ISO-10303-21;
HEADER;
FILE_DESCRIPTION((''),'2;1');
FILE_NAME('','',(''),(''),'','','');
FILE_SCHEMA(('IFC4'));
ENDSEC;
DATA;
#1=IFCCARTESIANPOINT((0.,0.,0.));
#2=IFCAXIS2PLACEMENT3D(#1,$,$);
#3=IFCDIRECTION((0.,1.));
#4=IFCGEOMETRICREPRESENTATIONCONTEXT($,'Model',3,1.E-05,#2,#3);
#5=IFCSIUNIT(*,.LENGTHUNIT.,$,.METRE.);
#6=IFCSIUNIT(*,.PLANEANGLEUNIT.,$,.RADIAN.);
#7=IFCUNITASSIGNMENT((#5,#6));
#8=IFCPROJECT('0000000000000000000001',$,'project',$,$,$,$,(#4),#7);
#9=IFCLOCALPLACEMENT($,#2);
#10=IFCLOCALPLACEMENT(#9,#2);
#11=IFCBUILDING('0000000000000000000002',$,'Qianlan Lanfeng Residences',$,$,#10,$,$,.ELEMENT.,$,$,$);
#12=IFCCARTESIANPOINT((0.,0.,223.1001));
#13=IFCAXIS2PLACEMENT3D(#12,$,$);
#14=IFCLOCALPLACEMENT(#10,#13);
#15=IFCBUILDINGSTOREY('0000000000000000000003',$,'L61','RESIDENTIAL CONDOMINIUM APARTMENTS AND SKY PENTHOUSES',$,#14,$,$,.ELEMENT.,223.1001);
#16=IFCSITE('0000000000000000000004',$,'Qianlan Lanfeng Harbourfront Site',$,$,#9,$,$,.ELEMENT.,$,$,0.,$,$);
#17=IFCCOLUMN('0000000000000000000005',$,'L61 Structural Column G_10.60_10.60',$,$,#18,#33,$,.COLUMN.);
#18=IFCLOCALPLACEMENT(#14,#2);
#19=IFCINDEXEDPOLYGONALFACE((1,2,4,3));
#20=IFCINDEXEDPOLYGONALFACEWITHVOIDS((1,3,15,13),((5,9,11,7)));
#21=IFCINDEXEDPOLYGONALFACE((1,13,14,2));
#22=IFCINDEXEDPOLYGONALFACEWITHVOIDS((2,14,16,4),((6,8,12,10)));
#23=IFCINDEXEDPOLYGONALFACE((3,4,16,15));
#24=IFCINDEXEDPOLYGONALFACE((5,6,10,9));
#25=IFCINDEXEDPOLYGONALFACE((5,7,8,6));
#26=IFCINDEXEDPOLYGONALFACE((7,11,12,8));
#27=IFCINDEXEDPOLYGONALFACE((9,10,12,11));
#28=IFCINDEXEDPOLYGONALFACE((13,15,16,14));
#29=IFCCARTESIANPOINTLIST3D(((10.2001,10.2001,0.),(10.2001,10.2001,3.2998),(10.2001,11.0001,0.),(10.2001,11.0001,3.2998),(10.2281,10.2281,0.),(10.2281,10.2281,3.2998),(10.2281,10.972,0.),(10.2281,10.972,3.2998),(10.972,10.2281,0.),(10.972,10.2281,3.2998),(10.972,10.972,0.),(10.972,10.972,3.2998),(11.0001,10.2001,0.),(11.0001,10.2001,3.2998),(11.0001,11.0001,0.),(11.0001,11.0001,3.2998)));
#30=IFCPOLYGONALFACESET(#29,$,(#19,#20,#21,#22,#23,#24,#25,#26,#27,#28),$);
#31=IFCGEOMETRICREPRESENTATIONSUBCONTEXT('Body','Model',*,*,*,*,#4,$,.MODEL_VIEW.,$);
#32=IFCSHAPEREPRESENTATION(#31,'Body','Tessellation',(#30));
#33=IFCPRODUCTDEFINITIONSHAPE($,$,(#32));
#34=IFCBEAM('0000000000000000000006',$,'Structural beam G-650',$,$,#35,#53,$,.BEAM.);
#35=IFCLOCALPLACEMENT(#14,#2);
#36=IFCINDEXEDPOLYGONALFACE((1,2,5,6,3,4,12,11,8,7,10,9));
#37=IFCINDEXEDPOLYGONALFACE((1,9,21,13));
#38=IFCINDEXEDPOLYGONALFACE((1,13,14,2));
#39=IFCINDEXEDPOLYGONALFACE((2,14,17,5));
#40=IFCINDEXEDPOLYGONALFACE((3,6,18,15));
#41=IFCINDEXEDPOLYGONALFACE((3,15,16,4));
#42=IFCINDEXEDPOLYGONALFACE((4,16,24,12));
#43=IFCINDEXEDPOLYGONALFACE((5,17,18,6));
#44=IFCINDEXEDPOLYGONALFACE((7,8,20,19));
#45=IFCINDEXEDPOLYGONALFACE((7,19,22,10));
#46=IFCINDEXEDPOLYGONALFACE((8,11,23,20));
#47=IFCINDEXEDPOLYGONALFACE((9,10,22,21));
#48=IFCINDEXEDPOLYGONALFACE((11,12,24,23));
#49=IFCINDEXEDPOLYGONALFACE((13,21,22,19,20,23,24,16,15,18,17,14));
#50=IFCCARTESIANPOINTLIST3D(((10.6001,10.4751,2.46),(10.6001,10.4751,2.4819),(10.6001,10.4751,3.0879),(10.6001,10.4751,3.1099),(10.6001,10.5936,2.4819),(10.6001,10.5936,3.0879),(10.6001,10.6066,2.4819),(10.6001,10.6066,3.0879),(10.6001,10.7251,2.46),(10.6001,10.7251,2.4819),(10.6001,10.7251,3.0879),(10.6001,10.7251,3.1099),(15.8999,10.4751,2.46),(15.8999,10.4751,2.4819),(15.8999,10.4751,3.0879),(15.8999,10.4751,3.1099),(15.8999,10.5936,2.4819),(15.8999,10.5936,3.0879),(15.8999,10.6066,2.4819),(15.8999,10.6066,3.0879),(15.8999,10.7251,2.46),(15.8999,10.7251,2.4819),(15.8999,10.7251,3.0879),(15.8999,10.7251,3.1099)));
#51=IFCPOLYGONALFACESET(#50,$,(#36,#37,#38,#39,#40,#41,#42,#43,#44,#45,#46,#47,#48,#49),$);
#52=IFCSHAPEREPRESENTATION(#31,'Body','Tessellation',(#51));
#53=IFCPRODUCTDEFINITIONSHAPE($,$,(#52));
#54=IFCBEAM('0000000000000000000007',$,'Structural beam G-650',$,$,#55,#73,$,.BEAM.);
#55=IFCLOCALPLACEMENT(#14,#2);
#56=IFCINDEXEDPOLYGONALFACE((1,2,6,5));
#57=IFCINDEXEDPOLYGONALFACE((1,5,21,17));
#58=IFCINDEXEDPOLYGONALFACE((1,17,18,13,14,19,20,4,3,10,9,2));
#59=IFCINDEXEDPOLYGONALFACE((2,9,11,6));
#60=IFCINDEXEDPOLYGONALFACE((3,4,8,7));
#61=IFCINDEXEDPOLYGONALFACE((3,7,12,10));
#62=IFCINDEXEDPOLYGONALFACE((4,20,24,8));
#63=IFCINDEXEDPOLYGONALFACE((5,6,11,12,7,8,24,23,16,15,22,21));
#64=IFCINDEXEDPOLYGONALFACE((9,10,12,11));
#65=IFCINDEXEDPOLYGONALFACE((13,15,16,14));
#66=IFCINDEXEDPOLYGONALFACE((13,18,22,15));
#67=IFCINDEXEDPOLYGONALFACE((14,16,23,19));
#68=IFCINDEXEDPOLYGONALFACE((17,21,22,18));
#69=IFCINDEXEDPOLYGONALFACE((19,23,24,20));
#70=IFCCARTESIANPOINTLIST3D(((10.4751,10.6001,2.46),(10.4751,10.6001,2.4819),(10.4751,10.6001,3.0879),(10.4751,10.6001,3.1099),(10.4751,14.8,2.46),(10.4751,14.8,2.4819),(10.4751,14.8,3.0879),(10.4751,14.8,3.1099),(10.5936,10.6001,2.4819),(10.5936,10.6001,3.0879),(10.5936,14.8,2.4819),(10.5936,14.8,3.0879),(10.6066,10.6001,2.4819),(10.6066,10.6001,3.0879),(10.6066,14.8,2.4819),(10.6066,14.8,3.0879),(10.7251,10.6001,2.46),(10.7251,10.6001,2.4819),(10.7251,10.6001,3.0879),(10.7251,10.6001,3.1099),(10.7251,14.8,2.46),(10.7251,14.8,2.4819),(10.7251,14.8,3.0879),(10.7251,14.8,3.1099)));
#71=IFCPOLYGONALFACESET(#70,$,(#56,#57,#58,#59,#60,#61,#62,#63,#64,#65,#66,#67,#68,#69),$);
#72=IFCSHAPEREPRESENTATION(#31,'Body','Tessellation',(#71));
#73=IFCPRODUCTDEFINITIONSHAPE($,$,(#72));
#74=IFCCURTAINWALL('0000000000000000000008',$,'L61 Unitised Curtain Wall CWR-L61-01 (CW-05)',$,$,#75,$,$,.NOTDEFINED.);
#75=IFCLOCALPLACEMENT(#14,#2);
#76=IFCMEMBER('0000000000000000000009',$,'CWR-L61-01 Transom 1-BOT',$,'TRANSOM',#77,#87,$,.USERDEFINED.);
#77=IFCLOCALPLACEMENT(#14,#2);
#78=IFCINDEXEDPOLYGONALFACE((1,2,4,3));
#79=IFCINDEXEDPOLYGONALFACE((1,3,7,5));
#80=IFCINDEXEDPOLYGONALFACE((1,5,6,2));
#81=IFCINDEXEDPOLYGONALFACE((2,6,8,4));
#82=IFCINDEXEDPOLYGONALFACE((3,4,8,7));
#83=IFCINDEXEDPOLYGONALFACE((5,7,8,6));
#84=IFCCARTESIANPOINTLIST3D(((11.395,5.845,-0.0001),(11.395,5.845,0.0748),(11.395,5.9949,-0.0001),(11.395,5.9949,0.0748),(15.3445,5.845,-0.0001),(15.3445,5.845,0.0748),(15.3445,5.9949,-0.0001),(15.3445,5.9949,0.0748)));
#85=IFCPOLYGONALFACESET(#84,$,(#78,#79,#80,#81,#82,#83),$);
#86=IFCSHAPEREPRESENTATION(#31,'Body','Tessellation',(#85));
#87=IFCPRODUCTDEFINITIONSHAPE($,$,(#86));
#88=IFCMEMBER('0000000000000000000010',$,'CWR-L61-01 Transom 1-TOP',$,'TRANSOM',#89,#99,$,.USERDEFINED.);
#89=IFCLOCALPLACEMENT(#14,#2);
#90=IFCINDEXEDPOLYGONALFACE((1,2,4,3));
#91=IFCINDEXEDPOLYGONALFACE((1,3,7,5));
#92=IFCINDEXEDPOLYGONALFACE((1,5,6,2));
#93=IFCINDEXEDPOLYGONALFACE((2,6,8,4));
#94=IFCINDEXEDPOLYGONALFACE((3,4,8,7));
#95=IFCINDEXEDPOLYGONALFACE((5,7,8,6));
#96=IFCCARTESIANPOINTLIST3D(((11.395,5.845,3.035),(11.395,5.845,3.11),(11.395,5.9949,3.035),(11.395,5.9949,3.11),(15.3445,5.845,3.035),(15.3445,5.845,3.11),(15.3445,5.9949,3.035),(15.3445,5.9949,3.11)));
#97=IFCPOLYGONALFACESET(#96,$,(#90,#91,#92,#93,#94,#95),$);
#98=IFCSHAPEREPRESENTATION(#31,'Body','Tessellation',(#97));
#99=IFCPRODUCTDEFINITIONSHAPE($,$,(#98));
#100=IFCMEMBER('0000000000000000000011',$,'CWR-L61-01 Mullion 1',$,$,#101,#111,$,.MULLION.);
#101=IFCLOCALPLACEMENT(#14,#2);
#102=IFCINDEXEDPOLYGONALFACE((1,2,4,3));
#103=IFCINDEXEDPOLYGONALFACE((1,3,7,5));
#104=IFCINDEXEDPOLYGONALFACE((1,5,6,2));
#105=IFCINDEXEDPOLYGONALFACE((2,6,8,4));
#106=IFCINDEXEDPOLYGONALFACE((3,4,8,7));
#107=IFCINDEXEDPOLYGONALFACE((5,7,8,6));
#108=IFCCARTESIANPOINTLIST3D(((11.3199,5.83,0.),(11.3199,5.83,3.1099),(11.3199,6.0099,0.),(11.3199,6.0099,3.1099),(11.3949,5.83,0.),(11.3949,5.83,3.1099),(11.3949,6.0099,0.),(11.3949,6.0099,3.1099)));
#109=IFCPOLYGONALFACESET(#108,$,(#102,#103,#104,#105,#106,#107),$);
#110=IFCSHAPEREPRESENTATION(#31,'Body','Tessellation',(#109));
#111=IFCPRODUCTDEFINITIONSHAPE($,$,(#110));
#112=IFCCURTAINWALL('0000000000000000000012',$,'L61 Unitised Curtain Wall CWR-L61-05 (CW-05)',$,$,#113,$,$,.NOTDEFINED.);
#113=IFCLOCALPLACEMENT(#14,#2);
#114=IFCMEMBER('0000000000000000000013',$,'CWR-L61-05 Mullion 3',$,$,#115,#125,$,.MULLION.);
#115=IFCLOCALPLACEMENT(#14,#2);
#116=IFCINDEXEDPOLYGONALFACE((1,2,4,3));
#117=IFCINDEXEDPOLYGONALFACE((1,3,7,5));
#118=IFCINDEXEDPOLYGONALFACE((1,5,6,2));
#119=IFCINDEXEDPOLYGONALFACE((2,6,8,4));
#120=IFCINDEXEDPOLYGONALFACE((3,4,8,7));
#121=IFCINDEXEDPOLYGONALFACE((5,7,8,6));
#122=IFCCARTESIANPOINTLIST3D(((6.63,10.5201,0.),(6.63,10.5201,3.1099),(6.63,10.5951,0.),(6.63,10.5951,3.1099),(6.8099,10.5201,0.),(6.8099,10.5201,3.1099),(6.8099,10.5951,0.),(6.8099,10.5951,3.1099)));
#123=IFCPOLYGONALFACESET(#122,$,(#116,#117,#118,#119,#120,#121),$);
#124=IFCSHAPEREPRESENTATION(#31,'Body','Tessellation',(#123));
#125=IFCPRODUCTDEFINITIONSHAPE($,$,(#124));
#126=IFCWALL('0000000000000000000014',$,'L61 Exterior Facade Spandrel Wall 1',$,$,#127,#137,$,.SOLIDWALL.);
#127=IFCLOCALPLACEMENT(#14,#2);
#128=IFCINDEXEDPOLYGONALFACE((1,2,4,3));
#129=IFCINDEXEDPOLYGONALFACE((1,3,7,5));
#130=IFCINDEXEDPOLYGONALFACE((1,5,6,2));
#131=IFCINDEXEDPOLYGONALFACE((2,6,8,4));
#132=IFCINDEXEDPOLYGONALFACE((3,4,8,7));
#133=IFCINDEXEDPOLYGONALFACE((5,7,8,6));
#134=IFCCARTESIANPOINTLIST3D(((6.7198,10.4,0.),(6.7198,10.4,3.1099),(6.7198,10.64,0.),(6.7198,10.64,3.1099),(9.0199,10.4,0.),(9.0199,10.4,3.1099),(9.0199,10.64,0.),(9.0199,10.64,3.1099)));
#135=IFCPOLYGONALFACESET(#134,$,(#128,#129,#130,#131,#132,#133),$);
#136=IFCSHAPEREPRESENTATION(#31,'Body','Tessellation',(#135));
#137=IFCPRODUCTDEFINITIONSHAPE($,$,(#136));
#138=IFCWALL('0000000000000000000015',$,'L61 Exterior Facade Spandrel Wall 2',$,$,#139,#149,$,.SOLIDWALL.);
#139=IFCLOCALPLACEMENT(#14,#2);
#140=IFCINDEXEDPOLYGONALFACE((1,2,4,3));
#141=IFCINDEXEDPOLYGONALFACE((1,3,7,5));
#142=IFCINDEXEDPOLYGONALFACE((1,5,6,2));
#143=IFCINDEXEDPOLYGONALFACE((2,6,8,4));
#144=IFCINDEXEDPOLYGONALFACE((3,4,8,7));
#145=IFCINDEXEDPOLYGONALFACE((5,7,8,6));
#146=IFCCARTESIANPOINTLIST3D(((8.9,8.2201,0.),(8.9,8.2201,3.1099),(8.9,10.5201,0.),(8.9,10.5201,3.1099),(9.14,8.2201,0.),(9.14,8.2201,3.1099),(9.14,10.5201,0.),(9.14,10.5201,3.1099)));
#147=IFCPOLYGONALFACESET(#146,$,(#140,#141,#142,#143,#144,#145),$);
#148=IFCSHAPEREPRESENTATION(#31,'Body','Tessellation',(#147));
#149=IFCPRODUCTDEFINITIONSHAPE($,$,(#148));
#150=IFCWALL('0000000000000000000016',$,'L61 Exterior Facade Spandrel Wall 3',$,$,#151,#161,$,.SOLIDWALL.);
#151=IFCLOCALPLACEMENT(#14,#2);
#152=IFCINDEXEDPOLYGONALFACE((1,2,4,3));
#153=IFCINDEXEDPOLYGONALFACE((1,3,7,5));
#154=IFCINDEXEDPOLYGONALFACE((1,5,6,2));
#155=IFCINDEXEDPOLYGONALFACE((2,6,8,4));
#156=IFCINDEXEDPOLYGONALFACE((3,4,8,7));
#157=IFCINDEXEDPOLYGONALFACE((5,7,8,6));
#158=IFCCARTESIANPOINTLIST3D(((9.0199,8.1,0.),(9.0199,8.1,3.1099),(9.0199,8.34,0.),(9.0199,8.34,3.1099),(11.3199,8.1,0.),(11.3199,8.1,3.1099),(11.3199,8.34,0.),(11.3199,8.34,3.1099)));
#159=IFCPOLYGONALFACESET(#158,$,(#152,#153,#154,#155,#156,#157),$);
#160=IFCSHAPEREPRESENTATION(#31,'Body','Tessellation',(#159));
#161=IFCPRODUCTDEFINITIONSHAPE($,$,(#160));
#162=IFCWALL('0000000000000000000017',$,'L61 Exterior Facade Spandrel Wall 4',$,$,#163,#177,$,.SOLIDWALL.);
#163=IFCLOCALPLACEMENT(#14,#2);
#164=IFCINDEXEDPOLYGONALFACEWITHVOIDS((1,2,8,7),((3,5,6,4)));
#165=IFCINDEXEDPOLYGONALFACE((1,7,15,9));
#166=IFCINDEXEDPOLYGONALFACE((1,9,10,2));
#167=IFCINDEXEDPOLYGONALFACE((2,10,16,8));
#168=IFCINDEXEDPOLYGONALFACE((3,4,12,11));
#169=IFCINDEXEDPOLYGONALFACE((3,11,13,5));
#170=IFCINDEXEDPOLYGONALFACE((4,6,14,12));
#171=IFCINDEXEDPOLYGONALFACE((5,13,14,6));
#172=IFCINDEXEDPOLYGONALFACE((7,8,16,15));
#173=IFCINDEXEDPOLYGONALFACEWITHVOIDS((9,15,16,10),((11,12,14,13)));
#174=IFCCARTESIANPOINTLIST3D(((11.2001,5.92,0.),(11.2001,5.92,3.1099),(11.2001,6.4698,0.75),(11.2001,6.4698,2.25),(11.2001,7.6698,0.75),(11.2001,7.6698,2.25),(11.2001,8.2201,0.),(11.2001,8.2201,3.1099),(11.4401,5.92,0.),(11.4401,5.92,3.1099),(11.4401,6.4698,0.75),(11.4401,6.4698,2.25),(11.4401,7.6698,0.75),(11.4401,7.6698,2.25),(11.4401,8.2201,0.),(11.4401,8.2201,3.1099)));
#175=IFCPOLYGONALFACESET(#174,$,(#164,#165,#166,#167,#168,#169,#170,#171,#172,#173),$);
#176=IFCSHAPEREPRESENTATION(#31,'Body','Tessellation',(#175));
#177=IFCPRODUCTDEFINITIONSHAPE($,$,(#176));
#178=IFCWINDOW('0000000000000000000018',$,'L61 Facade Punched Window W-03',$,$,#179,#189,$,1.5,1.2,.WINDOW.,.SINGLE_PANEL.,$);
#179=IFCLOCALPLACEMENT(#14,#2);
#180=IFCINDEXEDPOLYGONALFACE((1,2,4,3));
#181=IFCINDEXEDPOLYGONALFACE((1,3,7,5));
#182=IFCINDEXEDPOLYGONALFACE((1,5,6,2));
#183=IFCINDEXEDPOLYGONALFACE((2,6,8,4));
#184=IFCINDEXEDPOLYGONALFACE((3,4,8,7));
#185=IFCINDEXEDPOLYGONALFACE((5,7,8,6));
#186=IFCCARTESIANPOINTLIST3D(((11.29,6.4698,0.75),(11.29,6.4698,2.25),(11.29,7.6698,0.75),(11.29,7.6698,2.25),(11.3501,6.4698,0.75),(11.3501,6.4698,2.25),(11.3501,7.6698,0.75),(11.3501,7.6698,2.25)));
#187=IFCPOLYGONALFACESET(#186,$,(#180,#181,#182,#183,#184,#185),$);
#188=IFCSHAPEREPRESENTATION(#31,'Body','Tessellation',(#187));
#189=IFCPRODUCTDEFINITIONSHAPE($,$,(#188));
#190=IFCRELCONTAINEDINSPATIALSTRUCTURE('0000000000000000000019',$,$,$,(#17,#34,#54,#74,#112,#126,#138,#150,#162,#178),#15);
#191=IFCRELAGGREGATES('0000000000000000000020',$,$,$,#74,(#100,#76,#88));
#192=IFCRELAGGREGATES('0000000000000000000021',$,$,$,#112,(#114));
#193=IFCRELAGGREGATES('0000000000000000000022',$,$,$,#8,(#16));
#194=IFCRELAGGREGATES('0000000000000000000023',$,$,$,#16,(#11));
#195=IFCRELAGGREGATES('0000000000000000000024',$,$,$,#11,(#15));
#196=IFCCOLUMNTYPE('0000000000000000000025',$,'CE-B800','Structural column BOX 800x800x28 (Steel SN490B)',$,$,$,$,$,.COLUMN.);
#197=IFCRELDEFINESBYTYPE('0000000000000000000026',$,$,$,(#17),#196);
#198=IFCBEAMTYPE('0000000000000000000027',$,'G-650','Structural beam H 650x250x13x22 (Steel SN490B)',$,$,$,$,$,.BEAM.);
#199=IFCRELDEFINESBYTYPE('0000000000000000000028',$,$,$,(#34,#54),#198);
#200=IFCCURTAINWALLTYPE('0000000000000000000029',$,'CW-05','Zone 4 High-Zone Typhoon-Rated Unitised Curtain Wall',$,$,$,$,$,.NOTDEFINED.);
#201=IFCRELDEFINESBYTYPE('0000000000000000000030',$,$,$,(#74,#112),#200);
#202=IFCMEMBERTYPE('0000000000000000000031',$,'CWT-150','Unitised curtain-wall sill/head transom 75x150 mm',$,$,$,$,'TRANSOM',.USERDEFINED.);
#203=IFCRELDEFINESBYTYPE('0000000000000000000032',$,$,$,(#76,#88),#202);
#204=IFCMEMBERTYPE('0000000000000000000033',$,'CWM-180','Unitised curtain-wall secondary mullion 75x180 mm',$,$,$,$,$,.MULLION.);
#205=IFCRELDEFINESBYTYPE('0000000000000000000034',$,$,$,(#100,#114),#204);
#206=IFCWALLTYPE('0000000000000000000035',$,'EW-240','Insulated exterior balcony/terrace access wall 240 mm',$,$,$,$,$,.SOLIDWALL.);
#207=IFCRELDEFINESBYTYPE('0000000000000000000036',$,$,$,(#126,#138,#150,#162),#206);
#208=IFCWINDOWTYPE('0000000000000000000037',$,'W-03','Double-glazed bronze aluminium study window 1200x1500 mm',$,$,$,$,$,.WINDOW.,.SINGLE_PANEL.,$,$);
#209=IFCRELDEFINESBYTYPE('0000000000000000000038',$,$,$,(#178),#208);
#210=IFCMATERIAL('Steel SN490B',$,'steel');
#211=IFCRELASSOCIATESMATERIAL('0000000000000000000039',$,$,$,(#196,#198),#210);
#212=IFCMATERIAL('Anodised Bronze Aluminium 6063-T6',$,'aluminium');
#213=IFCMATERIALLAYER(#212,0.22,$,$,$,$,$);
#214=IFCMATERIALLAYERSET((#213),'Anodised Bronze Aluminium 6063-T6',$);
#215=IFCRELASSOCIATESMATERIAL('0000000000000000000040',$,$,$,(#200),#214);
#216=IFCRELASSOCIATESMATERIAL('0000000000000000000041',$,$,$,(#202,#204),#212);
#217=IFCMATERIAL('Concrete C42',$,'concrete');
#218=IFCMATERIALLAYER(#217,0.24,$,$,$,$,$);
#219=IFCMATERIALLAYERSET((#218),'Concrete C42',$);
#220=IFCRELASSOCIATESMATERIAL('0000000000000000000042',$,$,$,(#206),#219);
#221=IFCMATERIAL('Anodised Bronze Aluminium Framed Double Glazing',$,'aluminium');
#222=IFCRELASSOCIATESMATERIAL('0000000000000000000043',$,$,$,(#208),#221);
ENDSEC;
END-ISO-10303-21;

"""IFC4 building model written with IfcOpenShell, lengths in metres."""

from ifc_helpers import new_model, si_unit, direction, frame, frame_2d, origin, origin_2d, place, context, subcontext, project, spatial, rectangle, hollow_rectangle, i_section, extrude, source, transform, mapped, material, layer, layer_set, material_profile, profile_set, type_object, element, fill, aggregate, save


model = new_model("IFC4")

# Units and contexts
model_context = context("Model", 3, precision=1e-05, world=origin(), true_north=direction((0.0, 1.0)))
body_context = subcontext(model_context, "Body", "Model", "MODEL_VIEW")
ifc_project = project(units=[si_unit("LENGTHUNIT", "METRE"), si_unit("PLANEANGLEUNIT", "RADIAN")], contexts=[model_context])

# Site, building, storey
site_placement = place(None, origin())
site = spatial("IfcSite", under=ifc_project, at=site_placement, Name="Qianlan Lanfeng Harbourfront Site", CompositionType="ELEMENT", RefElevation=0.0)
building_placement = place(site_placement, origin())
building = spatial("IfcBuilding", under=site, at=building_placement, Name="Qianlan Lanfeng Residences", CompositionType="ELEMENT")
storey_placement = place(building_placement, frame((0.0, 0.0, 223.1001)))
storey = spatial("IfcBuildingStorey", under=building, at=storey_placement, Name="L61", Description="RESIDENTIAL CONDOMINIUM APARTMENTS AND SKY PENTHOUSES", CompositionType="ELEMENT", Elevation=223.1001)

# Column
ifc_material_1 = material(Name="Steel SN490B", Category="steel")
ifc_material_profile_1 = material_profile(ifc_material_1, hollow_rectangle(XDim=0.8, YDim=0.8, WallThickness=0.0281, at=origin_2d()), Name="BOX 800x800x28")
ifc_profile_set_1 = profile_set([ifc_material_profile_1], Name="Steel SN490B")
column_type = type_object("IfcColumnType", Name="CE-B800", Description="Structural column BOX 800x800x28 (Steel SN490B)", PredefinedType="COLUMN", material=ifc_profile_set_1)
column_placement = place(storey_placement, frame((10.6001, 10.6001, 0.0), z_axis=(0.0, 0.0, 1.0), x_axis=(1.0, 0.0, 0.0)))
element("IfcColumn", 1, at=column_placement, inside=storey, type_object=column_type, Name="L61 Structural Column G_10.60_10.60", PredefinedType="COLUMN", context=body_context, shape_type="SweptSolid", body=[
    extrude(hollow_rectangle(XDim=0.8, YDim=0.8, WallThickness=0.0281, at=origin_2d()), origin(), (0.0, 0.0, 1.0), 3.2998),
])

# Beams
ifc_material_profile_2 = material_profile(ifc_material_1, i_section(OverallWidth=0.25, OverallDepth=0.6499, WebThickness=0.0129, FlangeThickness=0.022, at=origin_2d()), Name="H 650x250x13x22")
ifc_profile_set_2 = profile_set([ifc_material_profile_2], Name="Steel SN490B")
beam_type = type_object("IfcBeamType", Name="G-650", Description="Structural beam H 650x250x13x22 (Steel SN490B)", PredefinedType="BEAM", material=ifc_profile_set_2)
beam_1_placement = place(storey_placement, frame((10.6001, 10.6001, 2.7849), z_axis=(1.0, 0.0, 0.0), x_axis=(0.0, 1.0, 0.0)))
element("IfcBeam", 2, at=beam_1_placement, inside=storey, type_object=beam_type, Name="Structural beam G-650", PredefinedType="BEAM", context=body_context, shape_type="SweptSolid", body=[
    extrude(i_section(OverallWidth=0.25, OverallDepth=0.6499, WebThickness=0.0129, FlangeThickness=0.022, at=origin_2d()), origin(), (0.0, 0.0, 1.0), 5.2998),
])
beam_2_placement = place(storey_placement, frame((10.6001, 10.6001, 2.7849), z_axis=(0.0, 1.0, 0.0), x_axis=(-1.0, 0.0, 0.0)))
element("IfcBeam", 3, at=beam_2_placement, inside=storey, type_object=beam_type, Name="Structural beam G-650", PredefinedType="BEAM", context=body_context, shape_type="SweptSolid", body=[
    extrude(i_section(OverallWidth=0.25, OverallDepth=0.6499, WebThickness=0.0129, FlangeThickness=0.022, at=origin_2d()), origin(), (0.0, 0.0, 1.0), 4.2),
])

# Curtain wall, members
ifc_material_2 = material(Name="Anodised Bronze Aluminium 6063-T6", Category="aluminium")
ifc_layer_1 = layer(ifc_material_2, 0.22)
ifc_layer_set_1 = layer_set([ifc_layer_1], Name="Anodised Bronze Aluminium 6063-T6")
curtain_wall_type = type_object("IfcCurtainWallType", Name="CW-05", Description="Zone 4 High-Zone Typhoon-Rated Unitised Curtain Wall", PredefinedType="NOTDEFINED", material=ifc_layer_set_1)
curtain_wall_1_placement = place(storey_placement, origin())
curtain_wall_1 = element("IfcCurtainWall", 4, at=curtain_wall_1_placement, inside=storey, type_object=curtain_wall_type, Name="L61 Unitised Curtain Wall CWR-L61-01 (CW-05)", PredefinedType="NOTDEFINED")
ifc_material_profile_3 = material_profile(ifc_material_2, rectangle(XDim=0.075, YDim=0.1499, at=origin_2d()), Name="ALU TRANSOM 75x150")
ifc_profile_set_3 = profile_set([ifc_material_profile_3], Name="Anodised Bronze Aluminium 6063-T6")
member_type_1 = type_object("IfcMemberType", Name="CWT-150", Description="Unitised curtain-wall sill/head transom 75x150 mm", ElementType="TRANSOM", PredefinedType="USERDEFINED", material=ifc_profile_set_3)
shared_shape_1 = source(origin(), body_context, "Body", "SweptSolid", [
    extrude(rectangle(XDim=0.075, YDim=0.1499, at=origin_2d()), origin(), (0.0, 0.0, 1.0), 3.9495),
])
member_1_placement = place(storey_placement, frame((11.395, 5.9199, 0.0374), z_axis=(1.0, 0.0, 0.0), x_axis=(0.0, 0.0, 1.0)))
member_1 = element("IfcMember", 5, at=member_1_placement, type_object=member_type_1, Name="CWR-L61-01 Transom 1-BOT", ObjectType="TRANSOM", PredefinedType="USERDEFINED", context=body_context, shape_type="MappedRepresentation", body=[
    mapped(shared_shape_1, transform((0.0, 0.0, 0.0), scale=1.0)),
])
member_2_placement = place(storey_placement, frame((11.395, 5.9199, 3.0725), z_axis=(1.0, 0.0, 0.0), x_axis=(0.0, 0.0, 1.0)))
member_2 = element("IfcMember", 6, at=member_2_placement, type_object=member_type_1, Name="CWR-L61-01 Transom 1-TOP", ObjectType="TRANSOM", PredefinedType="USERDEFINED", context=body_context, shape_type="MappedRepresentation", body=[
    mapped(shared_shape_1, transform((0.0, 0.0, 0.0), scale=1.0)),
])
ifc_material_profile_4 = material_profile(ifc_material_2, rectangle(XDim=0.075, YDim=0.1799, at=origin_2d()), Name="ALU MULLION 75x180")
ifc_profile_set_4 = profile_set([ifc_material_profile_4], Name="Anodised Bronze Aluminium 6063-T6")
member_type_2 = type_object("IfcMemberType", Name="CWM-180", Description="Unitised curtain-wall secondary mullion 75x180 mm", PredefinedType="MULLION", material=ifc_profile_set_4)
shared_shape_2 = source(origin(), body_context, "Body", "SweptSolid", [
    extrude(rectangle(XDim=0.075, YDim=0.1799, at=origin_2d()), origin(), (0.0, 0.0, 1.0), 3.1099),
])
member_3_placement = place(storey_placement, frame((11.3574, 5.9199, 0.0), z_axis=(0.0, 0.0, 1.0), x_axis=(1.0, 0.0, 0.0)))
member_3 = element("IfcMember", 7, at=member_3_placement, type_object=member_type_2, Name="CWR-L61-01 Mullion 1", PredefinedType="MULLION", context=body_context, shape_type="MappedRepresentation", body=[
    mapped(shared_shape_2, transform((0.0, 0.0, 0.0), scale=1.0)),
])
aggregate(curtain_wall_1, [member_3, member_1, member_2])

# Curtain wall, member
curtain_wall_2_placement = place(storey_placement, origin())
curtain_wall_2 = element("IfcCurtainWall", 8, at=curtain_wall_2_placement, inside=storey, type_object=curtain_wall_type, Name="L61 Unitised Curtain Wall CWR-L61-05 (CW-05)", PredefinedType="NOTDEFINED")
member_4_placement = place(storey_placement, frame((6.72, 10.5576, 0.0), z_axis=(0.0, 0.0, 1.0), x_axis=(0.0, -1.0, 0.0)))
member_4 = element("IfcMember", 9, at=member_4_placement, type_object=member_type_2, Name="CWR-L61-05 Mullion 3", PredefinedType="MULLION", context=body_context, shape_type="MappedRepresentation", body=[
    mapped(shared_shape_2, transform((0.0, 0.0, 0.0), scale=1.0)),
])
aggregate(curtain_wall_2, [member_4])

# Walls
ifc_material_3 = material(Name="Concrete C42", Category="concrete")
ifc_layer_2 = layer(ifc_material_3, 0.24)
ifc_layer_set_2 = layer_set([ifc_layer_2], Name="Concrete C42")
wall_type_1 = type_object("IfcWallType", Name="EW-240", Description="Insulated exterior balcony/terrace access wall 240 mm", PredefinedType="SOLIDWALL", material=ifc_layer_set_2)
for number, where, z_axis, x_axis, name in (
    (10, (6.72, 10.52, 0.0), (0.0, 0.0, 1.0), (1.0, 0.0, 0.0), "L61 Exterior Facade Spandrel Wall 1"),
    (11, (9.02, 10.52, 0.0), (0.0, 0.0, 1.0), (0.0, -1.0, 0.0), "L61 Exterior Facade Spandrel Wall 2"),
    (12, (9.02, 8.22, 0.0), (0.0, 0.0, 1.0), (1.0, 0.0, 0.0), "L61 Exterior Facade Spandrel Wall 3"),
):
    element("IfcWall", number, at=place(storey_placement, frame(where, z_axis=z_axis, x_axis=x_axis)), inside=storey, type_object=wall_type_1, Name=name, PredefinedType="SOLIDWALL", context=body_context, shape_type="SweptSolid", body=[
        extrude(rectangle(XDim=2.3, YDim=0.24, at=frame_2d((1.1499, 0.0))), origin(), (0.0, 0.0, 1.0), 3.1099),
    ])

# Wall, opening, window
wall_1_placement = place(storey_placement, frame((11.3201, 8.22, 0.0), z_axis=(0.0, 0.0, 1.0), x_axis=(0.0, -1.0, 0.0)))
wall_1 = element("IfcWall", 13, at=wall_1_placement, inside=storey, type_object=wall_type_1, Name="L61 Exterior Facade Spandrel Wall 4", PredefinedType="SOLIDWALL", context=body_context, shape_type="SweptSolid", body=[
    extrude(rectangle(XDim=2.3, YDim=0.24, at=frame_2d((1.1499, 0.0))), origin(), (0.0, 0.0, 1.0), 3.1099),
])
opening_1_placement = place(wall_1_placement, frame((0.55, 0.0, 0.75)))
opening_1 = element("IfcOpeningElement", 14, at=opening_1_placement, cuts=wall_1, PredefinedType="OPENING", context=body_context, shape_type="SweptSolid", body=[
    extrude(rectangle(XDim=1.2, YDim=1.5, at=frame_2d((0.6001, 0.75))), frame((0.0, 0.1299, 0.0), z_axis=(0.0, -1.0, 0.0), x_axis=(1.0, 0.0, 0.0)), (0.0, 0.0, 1.0), 0.26),
])
ifc_material_4 = material(Name="Anodised Bronze Aluminium Framed Double Glazing", Category="aluminium")
window_type = type_object("IfcWindowType", Name="W-03", Description="Double-glazed bronze aluminium study window 1200x1500 mm", PartitioningType="SINGLE_PANEL", PredefinedType="WINDOW", material=ifc_material_4)
window_placement = place(opening_1_placement, origin())
window = element("IfcWindow", 15, at=window_placement, inside=storey, type_object=window_type, Name="L61 Facade Punched Window W-03", OverallHeight=1.5, OverallWidth=1.2, PartitioningType="SINGLE_PANEL", PredefinedType="WINDOW", context=body_context, shape_type="SweptSolid", body=[
    extrude(rectangle(XDim=1.2, YDim=1.5, at=frame_2d((0.6001, 0.75))), frame((0.0, 0.03, 0.0), z_axis=(0.0, -1.0, 0.0), x_axis=(1.0, 0.0, 0.0)), (0.0, 0.0, 1.0), 0.0601),
])
fill(opening_1, window)

save(model, "model.ifc")
